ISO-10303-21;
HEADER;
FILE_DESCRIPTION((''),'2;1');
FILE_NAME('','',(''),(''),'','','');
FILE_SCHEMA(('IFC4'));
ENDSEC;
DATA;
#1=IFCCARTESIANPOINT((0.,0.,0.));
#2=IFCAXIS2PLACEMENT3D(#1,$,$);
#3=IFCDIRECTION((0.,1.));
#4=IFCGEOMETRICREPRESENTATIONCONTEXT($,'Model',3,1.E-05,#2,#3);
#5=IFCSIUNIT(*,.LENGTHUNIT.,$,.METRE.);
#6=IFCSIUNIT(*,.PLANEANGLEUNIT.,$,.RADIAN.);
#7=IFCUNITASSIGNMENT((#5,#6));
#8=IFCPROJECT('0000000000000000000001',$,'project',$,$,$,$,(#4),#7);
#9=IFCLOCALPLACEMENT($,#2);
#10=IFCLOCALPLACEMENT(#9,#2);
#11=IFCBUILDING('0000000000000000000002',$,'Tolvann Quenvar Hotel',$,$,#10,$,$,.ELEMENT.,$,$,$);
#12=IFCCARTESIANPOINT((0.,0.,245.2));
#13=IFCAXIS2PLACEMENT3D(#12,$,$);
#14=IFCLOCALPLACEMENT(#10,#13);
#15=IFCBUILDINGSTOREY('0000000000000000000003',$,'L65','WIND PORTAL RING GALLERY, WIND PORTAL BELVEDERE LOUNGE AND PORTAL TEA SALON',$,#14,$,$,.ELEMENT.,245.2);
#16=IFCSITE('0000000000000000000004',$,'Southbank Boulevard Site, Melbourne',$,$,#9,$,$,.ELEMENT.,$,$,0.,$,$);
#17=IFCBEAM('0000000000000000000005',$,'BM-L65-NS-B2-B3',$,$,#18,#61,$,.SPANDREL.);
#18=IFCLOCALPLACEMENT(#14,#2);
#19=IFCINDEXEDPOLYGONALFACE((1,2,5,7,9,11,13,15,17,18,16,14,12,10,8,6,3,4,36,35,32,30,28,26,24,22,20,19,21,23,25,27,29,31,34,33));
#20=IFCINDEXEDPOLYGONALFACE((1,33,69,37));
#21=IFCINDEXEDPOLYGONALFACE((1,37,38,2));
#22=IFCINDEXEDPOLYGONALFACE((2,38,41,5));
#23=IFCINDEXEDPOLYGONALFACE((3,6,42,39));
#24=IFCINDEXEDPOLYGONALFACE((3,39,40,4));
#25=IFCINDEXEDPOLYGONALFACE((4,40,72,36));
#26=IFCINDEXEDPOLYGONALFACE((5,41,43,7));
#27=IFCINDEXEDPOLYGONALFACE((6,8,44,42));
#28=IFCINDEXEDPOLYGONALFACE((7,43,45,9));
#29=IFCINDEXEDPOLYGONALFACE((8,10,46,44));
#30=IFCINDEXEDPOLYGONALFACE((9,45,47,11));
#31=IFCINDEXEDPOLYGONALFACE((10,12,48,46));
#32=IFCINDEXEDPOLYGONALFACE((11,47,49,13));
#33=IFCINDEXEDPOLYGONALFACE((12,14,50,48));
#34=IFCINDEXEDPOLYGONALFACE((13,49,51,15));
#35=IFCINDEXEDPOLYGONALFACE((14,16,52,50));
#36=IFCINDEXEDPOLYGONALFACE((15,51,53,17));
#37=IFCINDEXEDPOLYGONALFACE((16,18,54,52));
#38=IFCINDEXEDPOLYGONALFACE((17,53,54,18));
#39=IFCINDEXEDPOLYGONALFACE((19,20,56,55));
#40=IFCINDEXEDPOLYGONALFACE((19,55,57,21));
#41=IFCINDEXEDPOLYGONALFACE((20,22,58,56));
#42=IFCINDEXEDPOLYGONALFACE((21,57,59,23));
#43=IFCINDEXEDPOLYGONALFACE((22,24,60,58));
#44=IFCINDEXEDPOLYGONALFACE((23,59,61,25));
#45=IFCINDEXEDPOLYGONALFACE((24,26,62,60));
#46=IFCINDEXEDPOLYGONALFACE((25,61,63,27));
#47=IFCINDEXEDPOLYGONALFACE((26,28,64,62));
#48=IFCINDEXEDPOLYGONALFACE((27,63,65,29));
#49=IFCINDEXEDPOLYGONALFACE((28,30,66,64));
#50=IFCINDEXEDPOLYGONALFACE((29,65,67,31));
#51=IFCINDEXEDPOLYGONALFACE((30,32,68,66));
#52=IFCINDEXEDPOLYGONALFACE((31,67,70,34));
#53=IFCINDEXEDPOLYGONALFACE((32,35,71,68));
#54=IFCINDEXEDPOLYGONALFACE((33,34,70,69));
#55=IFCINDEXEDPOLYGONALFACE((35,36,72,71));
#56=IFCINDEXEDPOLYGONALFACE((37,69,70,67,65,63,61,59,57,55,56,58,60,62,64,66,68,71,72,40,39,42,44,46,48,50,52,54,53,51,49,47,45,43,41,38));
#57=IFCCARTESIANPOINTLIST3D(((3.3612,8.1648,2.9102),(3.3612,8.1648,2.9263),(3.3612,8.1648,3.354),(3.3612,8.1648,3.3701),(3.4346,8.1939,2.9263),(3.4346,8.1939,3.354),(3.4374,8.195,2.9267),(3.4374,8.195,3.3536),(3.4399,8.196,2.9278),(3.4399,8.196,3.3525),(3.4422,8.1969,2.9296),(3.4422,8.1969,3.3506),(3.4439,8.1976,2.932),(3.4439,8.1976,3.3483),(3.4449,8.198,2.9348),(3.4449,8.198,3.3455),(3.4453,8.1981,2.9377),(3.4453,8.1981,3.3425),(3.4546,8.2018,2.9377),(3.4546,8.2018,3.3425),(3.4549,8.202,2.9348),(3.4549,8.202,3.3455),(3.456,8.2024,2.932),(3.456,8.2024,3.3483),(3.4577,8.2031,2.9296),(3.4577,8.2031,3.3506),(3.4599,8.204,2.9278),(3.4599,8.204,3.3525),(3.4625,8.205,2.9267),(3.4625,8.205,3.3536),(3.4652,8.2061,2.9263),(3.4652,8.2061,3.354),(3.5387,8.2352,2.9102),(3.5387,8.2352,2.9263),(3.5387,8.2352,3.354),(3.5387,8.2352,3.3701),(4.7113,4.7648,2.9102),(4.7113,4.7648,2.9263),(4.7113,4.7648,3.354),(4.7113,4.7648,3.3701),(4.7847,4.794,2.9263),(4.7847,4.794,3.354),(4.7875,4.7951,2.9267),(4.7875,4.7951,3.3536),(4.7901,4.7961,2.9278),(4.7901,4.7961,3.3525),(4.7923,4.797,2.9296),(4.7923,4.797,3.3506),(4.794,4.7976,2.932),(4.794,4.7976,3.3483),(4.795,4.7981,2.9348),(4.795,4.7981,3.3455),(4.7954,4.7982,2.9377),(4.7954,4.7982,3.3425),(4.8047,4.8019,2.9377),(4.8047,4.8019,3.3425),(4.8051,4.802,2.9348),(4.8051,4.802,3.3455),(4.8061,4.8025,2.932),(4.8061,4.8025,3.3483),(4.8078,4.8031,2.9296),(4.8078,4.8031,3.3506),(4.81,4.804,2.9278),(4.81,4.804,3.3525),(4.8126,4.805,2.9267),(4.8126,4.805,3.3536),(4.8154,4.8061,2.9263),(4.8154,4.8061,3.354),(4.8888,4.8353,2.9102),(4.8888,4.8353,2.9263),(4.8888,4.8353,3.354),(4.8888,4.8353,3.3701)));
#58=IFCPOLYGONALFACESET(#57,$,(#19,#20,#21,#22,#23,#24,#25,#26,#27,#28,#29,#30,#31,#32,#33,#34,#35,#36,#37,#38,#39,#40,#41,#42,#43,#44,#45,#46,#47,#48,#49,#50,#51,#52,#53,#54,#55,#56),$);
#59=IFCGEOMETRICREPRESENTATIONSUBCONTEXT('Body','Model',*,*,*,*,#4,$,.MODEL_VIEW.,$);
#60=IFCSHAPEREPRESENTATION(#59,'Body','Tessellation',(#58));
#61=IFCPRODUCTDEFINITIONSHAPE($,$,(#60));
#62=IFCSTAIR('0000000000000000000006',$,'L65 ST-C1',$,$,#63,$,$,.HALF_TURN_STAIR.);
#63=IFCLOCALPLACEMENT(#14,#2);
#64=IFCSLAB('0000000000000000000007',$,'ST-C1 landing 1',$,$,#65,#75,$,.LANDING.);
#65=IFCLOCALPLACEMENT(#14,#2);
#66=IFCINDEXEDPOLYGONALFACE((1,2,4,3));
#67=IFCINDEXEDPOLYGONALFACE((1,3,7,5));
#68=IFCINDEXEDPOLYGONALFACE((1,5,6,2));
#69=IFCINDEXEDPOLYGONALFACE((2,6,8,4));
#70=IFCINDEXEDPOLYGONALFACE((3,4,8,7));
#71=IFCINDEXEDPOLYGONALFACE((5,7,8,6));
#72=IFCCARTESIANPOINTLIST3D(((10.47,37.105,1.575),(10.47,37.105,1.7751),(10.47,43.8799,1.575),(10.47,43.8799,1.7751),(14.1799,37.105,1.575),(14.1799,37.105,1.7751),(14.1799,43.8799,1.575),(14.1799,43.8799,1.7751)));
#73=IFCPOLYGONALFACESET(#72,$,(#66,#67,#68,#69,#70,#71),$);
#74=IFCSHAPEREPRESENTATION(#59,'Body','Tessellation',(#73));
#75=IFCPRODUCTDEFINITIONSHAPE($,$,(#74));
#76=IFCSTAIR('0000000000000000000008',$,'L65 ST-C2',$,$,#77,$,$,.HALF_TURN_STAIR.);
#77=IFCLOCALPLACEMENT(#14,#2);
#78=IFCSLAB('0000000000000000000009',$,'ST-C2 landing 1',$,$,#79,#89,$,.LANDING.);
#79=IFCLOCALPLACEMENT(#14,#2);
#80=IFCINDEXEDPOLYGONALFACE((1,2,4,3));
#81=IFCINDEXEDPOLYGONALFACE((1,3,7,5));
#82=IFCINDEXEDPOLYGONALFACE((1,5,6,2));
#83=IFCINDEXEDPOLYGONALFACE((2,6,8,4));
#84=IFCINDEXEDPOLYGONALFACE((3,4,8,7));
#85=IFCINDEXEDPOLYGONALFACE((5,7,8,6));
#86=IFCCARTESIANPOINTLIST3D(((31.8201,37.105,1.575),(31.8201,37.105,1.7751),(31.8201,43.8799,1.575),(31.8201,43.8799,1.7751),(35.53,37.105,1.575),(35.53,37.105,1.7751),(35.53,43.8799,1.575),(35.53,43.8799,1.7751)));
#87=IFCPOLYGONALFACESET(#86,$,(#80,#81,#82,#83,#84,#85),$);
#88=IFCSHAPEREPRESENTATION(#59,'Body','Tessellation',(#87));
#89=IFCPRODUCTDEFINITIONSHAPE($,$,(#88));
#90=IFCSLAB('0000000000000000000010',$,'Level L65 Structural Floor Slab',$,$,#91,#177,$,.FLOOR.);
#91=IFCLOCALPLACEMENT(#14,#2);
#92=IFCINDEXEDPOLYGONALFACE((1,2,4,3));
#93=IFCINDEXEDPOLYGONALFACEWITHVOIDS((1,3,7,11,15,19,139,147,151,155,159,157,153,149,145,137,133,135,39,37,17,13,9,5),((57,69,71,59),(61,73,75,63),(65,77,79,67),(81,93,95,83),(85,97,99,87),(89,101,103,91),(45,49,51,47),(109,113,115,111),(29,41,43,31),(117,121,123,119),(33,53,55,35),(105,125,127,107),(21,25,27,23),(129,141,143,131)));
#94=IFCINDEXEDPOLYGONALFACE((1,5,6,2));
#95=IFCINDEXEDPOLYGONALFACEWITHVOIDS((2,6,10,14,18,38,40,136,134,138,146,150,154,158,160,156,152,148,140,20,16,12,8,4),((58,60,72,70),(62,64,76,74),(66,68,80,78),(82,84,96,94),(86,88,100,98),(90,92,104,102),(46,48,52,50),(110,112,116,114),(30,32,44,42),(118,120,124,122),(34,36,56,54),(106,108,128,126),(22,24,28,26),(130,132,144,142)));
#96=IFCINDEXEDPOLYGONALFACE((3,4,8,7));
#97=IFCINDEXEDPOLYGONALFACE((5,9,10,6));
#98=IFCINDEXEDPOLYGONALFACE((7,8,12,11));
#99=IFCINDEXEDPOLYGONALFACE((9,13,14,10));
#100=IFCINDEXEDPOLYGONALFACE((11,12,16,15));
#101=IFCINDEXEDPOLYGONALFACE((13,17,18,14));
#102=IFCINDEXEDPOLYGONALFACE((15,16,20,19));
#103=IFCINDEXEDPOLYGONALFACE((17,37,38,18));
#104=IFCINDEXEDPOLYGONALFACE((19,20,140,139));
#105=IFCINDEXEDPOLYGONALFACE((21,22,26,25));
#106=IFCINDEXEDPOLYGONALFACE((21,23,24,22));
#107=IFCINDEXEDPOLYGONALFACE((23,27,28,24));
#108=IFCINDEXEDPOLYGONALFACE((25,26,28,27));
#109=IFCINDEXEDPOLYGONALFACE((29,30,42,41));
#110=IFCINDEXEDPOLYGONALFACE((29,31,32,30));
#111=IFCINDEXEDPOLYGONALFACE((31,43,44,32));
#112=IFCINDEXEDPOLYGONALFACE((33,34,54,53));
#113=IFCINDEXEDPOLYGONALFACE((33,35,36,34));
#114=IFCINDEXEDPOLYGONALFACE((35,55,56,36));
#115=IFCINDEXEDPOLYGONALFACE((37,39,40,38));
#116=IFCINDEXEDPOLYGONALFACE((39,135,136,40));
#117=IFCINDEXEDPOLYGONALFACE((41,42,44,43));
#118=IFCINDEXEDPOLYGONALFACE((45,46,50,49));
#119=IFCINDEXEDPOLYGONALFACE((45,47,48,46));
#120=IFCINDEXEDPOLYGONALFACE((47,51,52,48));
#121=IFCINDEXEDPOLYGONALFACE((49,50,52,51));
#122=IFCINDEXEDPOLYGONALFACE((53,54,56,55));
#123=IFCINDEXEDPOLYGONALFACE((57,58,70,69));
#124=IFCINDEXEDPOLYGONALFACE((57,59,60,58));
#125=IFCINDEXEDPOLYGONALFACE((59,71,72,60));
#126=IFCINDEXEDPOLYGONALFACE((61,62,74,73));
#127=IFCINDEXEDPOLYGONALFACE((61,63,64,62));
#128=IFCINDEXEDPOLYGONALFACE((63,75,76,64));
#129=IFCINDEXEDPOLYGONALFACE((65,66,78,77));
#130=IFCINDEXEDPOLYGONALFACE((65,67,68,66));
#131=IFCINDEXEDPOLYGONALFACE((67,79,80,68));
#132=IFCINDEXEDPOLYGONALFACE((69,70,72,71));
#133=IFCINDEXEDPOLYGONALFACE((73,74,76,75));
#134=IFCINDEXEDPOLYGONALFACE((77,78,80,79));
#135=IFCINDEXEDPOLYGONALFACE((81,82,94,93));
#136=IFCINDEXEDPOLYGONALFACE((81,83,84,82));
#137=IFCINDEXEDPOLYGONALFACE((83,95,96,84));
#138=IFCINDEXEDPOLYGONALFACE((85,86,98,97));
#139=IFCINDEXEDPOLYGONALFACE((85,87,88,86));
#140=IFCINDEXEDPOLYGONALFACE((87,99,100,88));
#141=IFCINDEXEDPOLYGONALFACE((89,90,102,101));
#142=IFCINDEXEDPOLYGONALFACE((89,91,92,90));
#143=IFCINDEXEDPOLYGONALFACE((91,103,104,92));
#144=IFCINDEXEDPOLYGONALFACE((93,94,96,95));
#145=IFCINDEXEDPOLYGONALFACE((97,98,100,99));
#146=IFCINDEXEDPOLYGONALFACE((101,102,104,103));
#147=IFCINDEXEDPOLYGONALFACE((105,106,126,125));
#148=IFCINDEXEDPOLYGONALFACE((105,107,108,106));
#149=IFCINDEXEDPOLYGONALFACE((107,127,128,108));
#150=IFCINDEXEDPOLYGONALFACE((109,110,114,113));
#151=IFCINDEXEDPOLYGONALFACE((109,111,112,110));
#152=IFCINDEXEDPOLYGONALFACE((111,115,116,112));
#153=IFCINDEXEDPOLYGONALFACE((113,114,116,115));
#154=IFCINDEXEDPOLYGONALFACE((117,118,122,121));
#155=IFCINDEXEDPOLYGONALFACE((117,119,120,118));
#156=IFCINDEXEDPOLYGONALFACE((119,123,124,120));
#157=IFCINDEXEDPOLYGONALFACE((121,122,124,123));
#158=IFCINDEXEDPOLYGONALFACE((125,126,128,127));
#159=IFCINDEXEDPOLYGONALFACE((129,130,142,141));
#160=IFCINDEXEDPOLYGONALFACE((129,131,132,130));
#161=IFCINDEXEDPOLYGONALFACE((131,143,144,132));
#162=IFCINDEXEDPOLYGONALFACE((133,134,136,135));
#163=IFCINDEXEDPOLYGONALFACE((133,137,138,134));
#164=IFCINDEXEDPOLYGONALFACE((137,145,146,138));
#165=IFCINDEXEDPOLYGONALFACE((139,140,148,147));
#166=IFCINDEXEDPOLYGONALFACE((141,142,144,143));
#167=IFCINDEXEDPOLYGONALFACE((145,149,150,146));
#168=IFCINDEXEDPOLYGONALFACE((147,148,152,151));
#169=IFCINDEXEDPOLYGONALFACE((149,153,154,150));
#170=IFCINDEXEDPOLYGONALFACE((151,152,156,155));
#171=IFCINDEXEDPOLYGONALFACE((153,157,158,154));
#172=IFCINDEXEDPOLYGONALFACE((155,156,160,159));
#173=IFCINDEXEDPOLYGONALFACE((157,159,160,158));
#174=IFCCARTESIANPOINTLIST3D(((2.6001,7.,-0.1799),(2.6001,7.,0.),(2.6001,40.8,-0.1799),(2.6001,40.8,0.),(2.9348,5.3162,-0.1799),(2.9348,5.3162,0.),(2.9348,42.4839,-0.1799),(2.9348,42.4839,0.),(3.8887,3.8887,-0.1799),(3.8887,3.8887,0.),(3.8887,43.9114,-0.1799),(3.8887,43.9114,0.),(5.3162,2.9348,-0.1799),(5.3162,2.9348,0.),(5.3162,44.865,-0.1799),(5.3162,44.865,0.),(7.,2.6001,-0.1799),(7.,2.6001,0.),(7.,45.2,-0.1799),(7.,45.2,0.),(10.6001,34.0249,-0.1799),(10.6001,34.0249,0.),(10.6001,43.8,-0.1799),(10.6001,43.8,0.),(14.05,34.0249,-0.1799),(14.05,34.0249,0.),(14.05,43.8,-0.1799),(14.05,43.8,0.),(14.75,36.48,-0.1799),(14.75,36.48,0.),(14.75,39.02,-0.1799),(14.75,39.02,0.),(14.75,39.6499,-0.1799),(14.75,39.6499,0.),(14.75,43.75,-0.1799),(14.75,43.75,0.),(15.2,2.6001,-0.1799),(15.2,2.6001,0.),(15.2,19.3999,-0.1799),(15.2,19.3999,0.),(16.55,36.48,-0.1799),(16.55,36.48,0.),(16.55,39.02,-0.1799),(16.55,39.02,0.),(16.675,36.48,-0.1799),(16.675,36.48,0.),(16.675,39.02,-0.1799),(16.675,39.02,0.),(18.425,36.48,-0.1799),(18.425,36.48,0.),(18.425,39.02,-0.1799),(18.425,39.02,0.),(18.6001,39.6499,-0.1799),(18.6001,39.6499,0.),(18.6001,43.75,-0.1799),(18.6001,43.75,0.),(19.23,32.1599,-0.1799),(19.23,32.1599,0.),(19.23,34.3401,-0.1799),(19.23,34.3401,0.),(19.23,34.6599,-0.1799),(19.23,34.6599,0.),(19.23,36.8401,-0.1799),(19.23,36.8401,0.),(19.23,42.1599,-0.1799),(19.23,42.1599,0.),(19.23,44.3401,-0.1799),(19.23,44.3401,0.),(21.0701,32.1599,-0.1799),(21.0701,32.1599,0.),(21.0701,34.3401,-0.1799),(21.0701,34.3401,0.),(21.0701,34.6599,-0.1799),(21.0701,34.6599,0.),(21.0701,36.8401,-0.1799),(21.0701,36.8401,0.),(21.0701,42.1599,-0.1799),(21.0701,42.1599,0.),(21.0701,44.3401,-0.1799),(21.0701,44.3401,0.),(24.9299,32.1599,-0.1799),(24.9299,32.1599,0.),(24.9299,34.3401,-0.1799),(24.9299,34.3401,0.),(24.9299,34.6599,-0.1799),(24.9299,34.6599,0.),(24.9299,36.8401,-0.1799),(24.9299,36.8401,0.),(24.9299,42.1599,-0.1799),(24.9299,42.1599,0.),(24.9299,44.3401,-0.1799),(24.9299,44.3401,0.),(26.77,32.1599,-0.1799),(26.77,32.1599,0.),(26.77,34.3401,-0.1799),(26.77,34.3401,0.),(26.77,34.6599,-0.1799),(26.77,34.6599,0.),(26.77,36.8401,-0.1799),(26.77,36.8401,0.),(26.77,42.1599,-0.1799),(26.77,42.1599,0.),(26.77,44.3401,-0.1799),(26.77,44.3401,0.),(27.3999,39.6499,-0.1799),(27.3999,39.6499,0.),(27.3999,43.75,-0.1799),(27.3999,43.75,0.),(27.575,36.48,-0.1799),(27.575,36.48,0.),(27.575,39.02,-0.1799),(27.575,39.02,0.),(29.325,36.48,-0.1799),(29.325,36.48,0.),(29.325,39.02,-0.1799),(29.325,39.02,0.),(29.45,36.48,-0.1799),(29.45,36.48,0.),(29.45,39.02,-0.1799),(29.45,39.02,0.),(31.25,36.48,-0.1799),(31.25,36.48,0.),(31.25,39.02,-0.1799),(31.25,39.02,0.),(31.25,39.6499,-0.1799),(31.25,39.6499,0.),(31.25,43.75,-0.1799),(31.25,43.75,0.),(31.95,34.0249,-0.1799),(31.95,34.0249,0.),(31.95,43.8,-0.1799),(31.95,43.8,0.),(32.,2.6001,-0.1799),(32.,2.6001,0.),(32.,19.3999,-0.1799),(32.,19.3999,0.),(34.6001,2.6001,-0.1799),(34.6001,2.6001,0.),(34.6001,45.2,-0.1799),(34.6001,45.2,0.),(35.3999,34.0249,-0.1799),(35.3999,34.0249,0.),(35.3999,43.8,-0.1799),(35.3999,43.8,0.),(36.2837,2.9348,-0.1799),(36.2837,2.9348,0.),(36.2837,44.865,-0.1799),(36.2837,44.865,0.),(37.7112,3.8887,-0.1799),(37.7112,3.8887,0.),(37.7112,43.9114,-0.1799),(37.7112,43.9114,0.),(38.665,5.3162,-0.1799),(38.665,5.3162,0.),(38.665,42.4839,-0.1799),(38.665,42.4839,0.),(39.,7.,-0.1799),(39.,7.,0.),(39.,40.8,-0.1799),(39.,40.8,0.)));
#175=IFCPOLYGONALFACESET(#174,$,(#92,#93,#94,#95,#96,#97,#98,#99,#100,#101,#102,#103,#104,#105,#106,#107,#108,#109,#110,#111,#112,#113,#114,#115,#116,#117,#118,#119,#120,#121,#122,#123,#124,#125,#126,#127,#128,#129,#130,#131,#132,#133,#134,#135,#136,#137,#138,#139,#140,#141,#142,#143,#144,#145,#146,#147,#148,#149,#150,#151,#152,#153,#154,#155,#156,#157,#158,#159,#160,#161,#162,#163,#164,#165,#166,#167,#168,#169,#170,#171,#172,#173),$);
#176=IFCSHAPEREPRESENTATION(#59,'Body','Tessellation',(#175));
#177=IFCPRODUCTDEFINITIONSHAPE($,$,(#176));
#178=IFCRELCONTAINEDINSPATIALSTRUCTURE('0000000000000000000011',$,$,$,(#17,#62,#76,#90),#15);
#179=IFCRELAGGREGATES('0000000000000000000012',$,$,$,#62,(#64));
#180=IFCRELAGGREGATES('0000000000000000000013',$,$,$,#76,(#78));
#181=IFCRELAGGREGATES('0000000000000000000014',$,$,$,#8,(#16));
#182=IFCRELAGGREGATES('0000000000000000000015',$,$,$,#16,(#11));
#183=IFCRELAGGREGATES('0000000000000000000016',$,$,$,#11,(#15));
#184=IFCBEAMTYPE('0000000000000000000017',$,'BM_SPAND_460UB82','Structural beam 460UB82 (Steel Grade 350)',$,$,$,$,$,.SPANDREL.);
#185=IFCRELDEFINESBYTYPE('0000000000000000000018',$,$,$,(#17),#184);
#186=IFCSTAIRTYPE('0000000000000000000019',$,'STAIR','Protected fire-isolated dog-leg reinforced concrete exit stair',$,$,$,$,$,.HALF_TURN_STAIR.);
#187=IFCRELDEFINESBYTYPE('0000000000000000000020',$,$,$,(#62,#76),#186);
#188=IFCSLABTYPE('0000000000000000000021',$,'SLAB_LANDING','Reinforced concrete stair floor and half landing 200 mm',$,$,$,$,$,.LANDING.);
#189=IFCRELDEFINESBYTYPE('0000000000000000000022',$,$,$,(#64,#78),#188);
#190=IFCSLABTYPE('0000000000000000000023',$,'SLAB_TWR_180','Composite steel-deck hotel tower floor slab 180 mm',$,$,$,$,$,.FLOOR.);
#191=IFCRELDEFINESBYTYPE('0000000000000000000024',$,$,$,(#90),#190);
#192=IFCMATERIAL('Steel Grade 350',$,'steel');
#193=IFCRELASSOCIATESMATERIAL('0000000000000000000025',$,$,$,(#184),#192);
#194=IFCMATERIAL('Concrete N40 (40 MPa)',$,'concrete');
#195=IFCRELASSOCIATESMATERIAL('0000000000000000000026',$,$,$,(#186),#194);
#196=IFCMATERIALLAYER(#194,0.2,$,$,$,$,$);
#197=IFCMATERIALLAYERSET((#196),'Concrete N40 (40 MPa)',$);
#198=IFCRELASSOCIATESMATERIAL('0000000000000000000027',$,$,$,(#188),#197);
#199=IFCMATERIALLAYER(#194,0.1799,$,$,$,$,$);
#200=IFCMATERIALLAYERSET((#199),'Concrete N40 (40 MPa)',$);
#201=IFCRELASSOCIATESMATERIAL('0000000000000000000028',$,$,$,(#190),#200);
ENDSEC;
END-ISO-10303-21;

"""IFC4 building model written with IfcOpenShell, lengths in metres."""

from ifc_helpers import new_model, si_unit, direction, frame, origin, origin_2d, place, context, subcontext, project, spatial, polyline, i_section, outline, extrude, source, transform, mapped, material, layer, layer_set, material_profile, profile_set, type_object, element, aggregate, save


model = new_model("IFC4")

# Units and contexts
model_context = context("Model", 3, precision=1e-05, world=origin(), true_north=direction((0.0, 1.0)))
body_context = subcontext(model_context, "Body", "Model", "MODEL_VIEW")
ifc_project = project(units=[si_unit("LENGTHUNIT", "METRE"), si_unit("PLANEANGLEUNIT", "RADIAN")], contexts=[model_context])

# Site, building, storey
site_placement = place(None, origin())
site = spatial("IfcSite", under=ifc_project, at=site_placement, Name="Southbank Boulevard Site, Melbourne", CompositionType="ELEMENT", RefElevation=0.0)
building_placement = place(site_placement, origin())
building = spatial("IfcBuilding", under=site, at=building_placement, Name="Tolvann Quenvar Hotel", CompositionType="ELEMENT")
storey_placement = place(building_placement, frame((0.0, 0.0, 245.2)))
storey = spatial("IfcBuildingStorey", under=building, at=storey_placement, Name="L65", Description="WIND PORTAL RING GALLERY, WIND PORTAL BELVEDERE LOUNGE AND PORTAL TEA SALON", CompositionType="ELEMENT", Elevation=245.2)

# Shared definitions
ifc_material_1 = material(Name="Steel Grade 350", Category="steel")

# Beam
ifc_material_profile_1 = material_profile(ifc_material_1, i_section(OverallWidth=0.1909, OverallDepth=0.46, WebThickness=0.01, FlangeThickness=0.0161, FilletRadius=0.0115, at=origin_2d()), Name="460UB82")
ifc_profile_set_1 = profile_set([ifc_material_profile_1], Name="Steel Grade 350")
beam_type = type_object("IfcBeamType", Name="BM_SPAND_460UB82", Description="Structural beam 460UB82 (Steel Grade 350)", PredefinedType="SPANDREL", material=ifc_profile_set_1)
shared_shape_1 = source(origin(), body_context, "Body", "SweptSolid", [
    extrude(i_section(OverallWidth=0.1909, OverallDepth=0.46, WebThickness=0.01, FlangeThickness=0.0161, FilletRadius=0.0115, at=origin_2d()), origin(), (0.0, 0.0, 1.0), 3.6582),
])
beam_1_placement = place(storey_placement, frame((4.8, 4.8, 3.1401), z_axis=(-0.369065, 0.929404, 0.0), x_axis=(-0.929404, -0.369065, 0.0)))
element("IfcBeam", 1, at=beam_1_placement, inside=storey, type_object=beam_type, Name="BM-L65-NS-B2-B3", PredefinedType="SPANDREL", context=body_context, shape_type="MappedRepresentation", body=[
    mapped(shared_shape_1, transform((0.0, 0.0, 0.0), x_axis=(1.0, 0.0, 0.0), y_axis=(0.0, 1.0, 0.0), z_axis=(0.0, 0.0, 1.0), scale=1.0)),
])

# Stairs, slabs
ifc_material_2 = material(Name="Concrete N40 (40 MPa)", Category="concrete")
stair_type = type_object("IfcStairType", Name="STAIR", Description="Protected fire-isolated dog-leg reinforced concrete exit stair", PredefinedType="HALF_TURN_STAIR", material=ifc_material_2)
stair_1_placement = place(storey_placement, origin())
stair_1 = element("IfcStair", 2, at=stair_1_placement, inside=storey, type_object=stair_type, Name="L65 ST-C1", PredefinedType="HALF_TURN_STAIR")
ifc_layer_1 = layer(ifc_material_2, 0.2)
ifc_layer_set_1 = layer_set([ifc_layer_1], Name="Concrete N40 (40 MPa)")
slab_type_1 = type_object("IfcSlabType", Name="SLAB_LANDING", Description="Reinforced concrete stair floor and half landing 200 mm", PredefinedType="LANDING", material=ifc_layer_set_1)
slab_1_placement = place(storey_placement, frame((0.0, 0.0, 1.575)))
slab_1 = element("IfcSlab", 3, at=slab_1_placement, type_object=slab_type_1, Name="ST-C1 landing 1", PredefinedType="LANDING", context=body_context, shape_type="SweptSolid", body=[
    extrude(outline(polyline([(14.1799, 37.105), (14.1799, 43.8799), (10.47, 43.8799), (10.47, 37.105), (14.1799, 37.105)])), origin(), (0.0, 0.0, 1.0), 0.2002),
])
aggregate(stair_1, [slab_1])
stair_2_placement = place(storey_placement, origin())
stair_2 = element("IfcStair", 4, at=stair_2_placement, inside=storey, type_object=stair_type, Name="L65 ST-C2", PredefinedType="HALF_TURN_STAIR")
slab_2_placement = place(storey_placement, frame((0.0, 0.0, 1.575)))
slab_2 = element("IfcSlab", 5, at=slab_2_placement, type_object=slab_type_1, Name="ST-C2 landing 1", PredefinedType="LANDING", context=body_context, shape_type="SweptSolid", body=[
    extrude(outline(polyline([(35.53, 37.105), (35.53, 43.8799), (31.8201, 43.8799), (31.8201, 37.105), (35.53, 37.105)])), origin(), (0.0, 0.0, 1.0), 0.2002),
])
aggregate(stair_2, [slab_2])

# Slab
ifc_layer_2 = layer(ifc_material_2, 0.1799)
ifc_layer_set_2 = layer_set([ifc_layer_2], Name="Concrete N40 (40 MPa)")
slab_type_2 = type_object("IfcSlabType", Name="SLAB_TWR_180", Description="Composite steel-deck hotel tower floor slab 180 mm", PredefinedType="FLOOR", material=ifc_layer_set_2)
slab_3_placement = place(storey_placement, frame((0.0, 0.0, -0.1799)))
element("IfcSlab", 6, at=slab_3_placement, inside=storey, type_object=slab_type_2, Name="Level L65 Structural Floor Slab", PredefinedType="FLOOR", context=body_context, shape_type="SweptSolid", body=[
    extrude(outline(polyline([(2.6001, 7.0), (2.9348, 5.3162), (3.8887, 3.8887), (5.3162, 2.9348), (7.0, 2.6001), (15.2, 2.6001), (15.2, 19.3999), (32.0, 19.3999), (32.0, 2.6001), (34.6001, 2.6001), (36.2837, 2.9348), (37.7112, 3.8887), (38.665, 5.3162), (39.0, 7.0), (39.0, 40.8), (38.665, 42.4839), (37.7112, 43.9114), (36.2837, 44.865), (34.6001, 45.2), (7.0, 45.2), (5.3162, 44.865), (3.8887, 43.9114), (2.9348, 42.4839), (2.6001, 40.8), (2.6001, 7.0)]), holes=[polyline([(31.95, 34.0249), (31.95, 43.8), (35.3999, 43.8), (35.3999, 34.0249), (31.95, 34.0249)]), polyline([(27.3999, 43.75), (31.25, 43.75), (31.25, 39.6499), (27.3999, 39.6499), (27.3999, 43.75)]), polyline([(29.45, 39.02), (31.25, 39.02), (31.25, 36.48), (29.45, 36.48), (29.45, 39.02)]), polyline([(27.575, 39.02), (29.325, 39.02), (29.325, 36.48), (27.575, 36.48), (27.575, 39.02)]), polyline([(24.9299, 36.8401), (26.77, 36.8401), (26.77, 34.6599), (24.9299, 34.6599), (24.9299, 36.8401)]), polyline([(24.9299, 44.3401), (26.77, 44.3401), (26.77, 42.1599), (24.9299, 42.1599), (24.9299, 44.3401)]), polyline([(24.9299, 32.1599), (24.9299, 34.3401), (26.77, 34.3401), (26.77, 32.1599), (24.9299, 32.1599)]), polyline([(19.23, 36.8401), (21.0701, 36.8401), (21.0701, 34.6599), (19.23, 34.6599), (19.23, 36.8401)]), polyline([(19.23, 44.3401), (21.0701, 44.3401), (21.0701, 42.1599), (19.23, 42.1599), (19.23, 44.3401)]), polyline([(19.23, 32.1599), (19.23, 34.3401), (21.0701, 34.3401), (21.0701, 32.1599), (19.23, 32.1599)]), polyline([(14.75, 43.75), (18.6001, 43.75), (18.6001, 39.6499), (14.75, 39.6499), (14.75, 43.75)]), polyline([(16.675, 39.02), (18.425, 39.02), (18.425, 36.48), (16.675, 36.48), (16.675, 39.02)]), polyline([(14.75, 39.02), (16.55, 39.02), (16.55, 36.48), (14.75, 36.48), (14.75, 39.02)]), polyline([(10.6001, 34.0249), (10.6001, 43.8), (14.05, 43.8), (14.05, 34.0249), (10.6001, 34.0249)])]), origin(), (0.0, 0.0, 1.0), 0.1799),
])

save(model, "model.ifc")
